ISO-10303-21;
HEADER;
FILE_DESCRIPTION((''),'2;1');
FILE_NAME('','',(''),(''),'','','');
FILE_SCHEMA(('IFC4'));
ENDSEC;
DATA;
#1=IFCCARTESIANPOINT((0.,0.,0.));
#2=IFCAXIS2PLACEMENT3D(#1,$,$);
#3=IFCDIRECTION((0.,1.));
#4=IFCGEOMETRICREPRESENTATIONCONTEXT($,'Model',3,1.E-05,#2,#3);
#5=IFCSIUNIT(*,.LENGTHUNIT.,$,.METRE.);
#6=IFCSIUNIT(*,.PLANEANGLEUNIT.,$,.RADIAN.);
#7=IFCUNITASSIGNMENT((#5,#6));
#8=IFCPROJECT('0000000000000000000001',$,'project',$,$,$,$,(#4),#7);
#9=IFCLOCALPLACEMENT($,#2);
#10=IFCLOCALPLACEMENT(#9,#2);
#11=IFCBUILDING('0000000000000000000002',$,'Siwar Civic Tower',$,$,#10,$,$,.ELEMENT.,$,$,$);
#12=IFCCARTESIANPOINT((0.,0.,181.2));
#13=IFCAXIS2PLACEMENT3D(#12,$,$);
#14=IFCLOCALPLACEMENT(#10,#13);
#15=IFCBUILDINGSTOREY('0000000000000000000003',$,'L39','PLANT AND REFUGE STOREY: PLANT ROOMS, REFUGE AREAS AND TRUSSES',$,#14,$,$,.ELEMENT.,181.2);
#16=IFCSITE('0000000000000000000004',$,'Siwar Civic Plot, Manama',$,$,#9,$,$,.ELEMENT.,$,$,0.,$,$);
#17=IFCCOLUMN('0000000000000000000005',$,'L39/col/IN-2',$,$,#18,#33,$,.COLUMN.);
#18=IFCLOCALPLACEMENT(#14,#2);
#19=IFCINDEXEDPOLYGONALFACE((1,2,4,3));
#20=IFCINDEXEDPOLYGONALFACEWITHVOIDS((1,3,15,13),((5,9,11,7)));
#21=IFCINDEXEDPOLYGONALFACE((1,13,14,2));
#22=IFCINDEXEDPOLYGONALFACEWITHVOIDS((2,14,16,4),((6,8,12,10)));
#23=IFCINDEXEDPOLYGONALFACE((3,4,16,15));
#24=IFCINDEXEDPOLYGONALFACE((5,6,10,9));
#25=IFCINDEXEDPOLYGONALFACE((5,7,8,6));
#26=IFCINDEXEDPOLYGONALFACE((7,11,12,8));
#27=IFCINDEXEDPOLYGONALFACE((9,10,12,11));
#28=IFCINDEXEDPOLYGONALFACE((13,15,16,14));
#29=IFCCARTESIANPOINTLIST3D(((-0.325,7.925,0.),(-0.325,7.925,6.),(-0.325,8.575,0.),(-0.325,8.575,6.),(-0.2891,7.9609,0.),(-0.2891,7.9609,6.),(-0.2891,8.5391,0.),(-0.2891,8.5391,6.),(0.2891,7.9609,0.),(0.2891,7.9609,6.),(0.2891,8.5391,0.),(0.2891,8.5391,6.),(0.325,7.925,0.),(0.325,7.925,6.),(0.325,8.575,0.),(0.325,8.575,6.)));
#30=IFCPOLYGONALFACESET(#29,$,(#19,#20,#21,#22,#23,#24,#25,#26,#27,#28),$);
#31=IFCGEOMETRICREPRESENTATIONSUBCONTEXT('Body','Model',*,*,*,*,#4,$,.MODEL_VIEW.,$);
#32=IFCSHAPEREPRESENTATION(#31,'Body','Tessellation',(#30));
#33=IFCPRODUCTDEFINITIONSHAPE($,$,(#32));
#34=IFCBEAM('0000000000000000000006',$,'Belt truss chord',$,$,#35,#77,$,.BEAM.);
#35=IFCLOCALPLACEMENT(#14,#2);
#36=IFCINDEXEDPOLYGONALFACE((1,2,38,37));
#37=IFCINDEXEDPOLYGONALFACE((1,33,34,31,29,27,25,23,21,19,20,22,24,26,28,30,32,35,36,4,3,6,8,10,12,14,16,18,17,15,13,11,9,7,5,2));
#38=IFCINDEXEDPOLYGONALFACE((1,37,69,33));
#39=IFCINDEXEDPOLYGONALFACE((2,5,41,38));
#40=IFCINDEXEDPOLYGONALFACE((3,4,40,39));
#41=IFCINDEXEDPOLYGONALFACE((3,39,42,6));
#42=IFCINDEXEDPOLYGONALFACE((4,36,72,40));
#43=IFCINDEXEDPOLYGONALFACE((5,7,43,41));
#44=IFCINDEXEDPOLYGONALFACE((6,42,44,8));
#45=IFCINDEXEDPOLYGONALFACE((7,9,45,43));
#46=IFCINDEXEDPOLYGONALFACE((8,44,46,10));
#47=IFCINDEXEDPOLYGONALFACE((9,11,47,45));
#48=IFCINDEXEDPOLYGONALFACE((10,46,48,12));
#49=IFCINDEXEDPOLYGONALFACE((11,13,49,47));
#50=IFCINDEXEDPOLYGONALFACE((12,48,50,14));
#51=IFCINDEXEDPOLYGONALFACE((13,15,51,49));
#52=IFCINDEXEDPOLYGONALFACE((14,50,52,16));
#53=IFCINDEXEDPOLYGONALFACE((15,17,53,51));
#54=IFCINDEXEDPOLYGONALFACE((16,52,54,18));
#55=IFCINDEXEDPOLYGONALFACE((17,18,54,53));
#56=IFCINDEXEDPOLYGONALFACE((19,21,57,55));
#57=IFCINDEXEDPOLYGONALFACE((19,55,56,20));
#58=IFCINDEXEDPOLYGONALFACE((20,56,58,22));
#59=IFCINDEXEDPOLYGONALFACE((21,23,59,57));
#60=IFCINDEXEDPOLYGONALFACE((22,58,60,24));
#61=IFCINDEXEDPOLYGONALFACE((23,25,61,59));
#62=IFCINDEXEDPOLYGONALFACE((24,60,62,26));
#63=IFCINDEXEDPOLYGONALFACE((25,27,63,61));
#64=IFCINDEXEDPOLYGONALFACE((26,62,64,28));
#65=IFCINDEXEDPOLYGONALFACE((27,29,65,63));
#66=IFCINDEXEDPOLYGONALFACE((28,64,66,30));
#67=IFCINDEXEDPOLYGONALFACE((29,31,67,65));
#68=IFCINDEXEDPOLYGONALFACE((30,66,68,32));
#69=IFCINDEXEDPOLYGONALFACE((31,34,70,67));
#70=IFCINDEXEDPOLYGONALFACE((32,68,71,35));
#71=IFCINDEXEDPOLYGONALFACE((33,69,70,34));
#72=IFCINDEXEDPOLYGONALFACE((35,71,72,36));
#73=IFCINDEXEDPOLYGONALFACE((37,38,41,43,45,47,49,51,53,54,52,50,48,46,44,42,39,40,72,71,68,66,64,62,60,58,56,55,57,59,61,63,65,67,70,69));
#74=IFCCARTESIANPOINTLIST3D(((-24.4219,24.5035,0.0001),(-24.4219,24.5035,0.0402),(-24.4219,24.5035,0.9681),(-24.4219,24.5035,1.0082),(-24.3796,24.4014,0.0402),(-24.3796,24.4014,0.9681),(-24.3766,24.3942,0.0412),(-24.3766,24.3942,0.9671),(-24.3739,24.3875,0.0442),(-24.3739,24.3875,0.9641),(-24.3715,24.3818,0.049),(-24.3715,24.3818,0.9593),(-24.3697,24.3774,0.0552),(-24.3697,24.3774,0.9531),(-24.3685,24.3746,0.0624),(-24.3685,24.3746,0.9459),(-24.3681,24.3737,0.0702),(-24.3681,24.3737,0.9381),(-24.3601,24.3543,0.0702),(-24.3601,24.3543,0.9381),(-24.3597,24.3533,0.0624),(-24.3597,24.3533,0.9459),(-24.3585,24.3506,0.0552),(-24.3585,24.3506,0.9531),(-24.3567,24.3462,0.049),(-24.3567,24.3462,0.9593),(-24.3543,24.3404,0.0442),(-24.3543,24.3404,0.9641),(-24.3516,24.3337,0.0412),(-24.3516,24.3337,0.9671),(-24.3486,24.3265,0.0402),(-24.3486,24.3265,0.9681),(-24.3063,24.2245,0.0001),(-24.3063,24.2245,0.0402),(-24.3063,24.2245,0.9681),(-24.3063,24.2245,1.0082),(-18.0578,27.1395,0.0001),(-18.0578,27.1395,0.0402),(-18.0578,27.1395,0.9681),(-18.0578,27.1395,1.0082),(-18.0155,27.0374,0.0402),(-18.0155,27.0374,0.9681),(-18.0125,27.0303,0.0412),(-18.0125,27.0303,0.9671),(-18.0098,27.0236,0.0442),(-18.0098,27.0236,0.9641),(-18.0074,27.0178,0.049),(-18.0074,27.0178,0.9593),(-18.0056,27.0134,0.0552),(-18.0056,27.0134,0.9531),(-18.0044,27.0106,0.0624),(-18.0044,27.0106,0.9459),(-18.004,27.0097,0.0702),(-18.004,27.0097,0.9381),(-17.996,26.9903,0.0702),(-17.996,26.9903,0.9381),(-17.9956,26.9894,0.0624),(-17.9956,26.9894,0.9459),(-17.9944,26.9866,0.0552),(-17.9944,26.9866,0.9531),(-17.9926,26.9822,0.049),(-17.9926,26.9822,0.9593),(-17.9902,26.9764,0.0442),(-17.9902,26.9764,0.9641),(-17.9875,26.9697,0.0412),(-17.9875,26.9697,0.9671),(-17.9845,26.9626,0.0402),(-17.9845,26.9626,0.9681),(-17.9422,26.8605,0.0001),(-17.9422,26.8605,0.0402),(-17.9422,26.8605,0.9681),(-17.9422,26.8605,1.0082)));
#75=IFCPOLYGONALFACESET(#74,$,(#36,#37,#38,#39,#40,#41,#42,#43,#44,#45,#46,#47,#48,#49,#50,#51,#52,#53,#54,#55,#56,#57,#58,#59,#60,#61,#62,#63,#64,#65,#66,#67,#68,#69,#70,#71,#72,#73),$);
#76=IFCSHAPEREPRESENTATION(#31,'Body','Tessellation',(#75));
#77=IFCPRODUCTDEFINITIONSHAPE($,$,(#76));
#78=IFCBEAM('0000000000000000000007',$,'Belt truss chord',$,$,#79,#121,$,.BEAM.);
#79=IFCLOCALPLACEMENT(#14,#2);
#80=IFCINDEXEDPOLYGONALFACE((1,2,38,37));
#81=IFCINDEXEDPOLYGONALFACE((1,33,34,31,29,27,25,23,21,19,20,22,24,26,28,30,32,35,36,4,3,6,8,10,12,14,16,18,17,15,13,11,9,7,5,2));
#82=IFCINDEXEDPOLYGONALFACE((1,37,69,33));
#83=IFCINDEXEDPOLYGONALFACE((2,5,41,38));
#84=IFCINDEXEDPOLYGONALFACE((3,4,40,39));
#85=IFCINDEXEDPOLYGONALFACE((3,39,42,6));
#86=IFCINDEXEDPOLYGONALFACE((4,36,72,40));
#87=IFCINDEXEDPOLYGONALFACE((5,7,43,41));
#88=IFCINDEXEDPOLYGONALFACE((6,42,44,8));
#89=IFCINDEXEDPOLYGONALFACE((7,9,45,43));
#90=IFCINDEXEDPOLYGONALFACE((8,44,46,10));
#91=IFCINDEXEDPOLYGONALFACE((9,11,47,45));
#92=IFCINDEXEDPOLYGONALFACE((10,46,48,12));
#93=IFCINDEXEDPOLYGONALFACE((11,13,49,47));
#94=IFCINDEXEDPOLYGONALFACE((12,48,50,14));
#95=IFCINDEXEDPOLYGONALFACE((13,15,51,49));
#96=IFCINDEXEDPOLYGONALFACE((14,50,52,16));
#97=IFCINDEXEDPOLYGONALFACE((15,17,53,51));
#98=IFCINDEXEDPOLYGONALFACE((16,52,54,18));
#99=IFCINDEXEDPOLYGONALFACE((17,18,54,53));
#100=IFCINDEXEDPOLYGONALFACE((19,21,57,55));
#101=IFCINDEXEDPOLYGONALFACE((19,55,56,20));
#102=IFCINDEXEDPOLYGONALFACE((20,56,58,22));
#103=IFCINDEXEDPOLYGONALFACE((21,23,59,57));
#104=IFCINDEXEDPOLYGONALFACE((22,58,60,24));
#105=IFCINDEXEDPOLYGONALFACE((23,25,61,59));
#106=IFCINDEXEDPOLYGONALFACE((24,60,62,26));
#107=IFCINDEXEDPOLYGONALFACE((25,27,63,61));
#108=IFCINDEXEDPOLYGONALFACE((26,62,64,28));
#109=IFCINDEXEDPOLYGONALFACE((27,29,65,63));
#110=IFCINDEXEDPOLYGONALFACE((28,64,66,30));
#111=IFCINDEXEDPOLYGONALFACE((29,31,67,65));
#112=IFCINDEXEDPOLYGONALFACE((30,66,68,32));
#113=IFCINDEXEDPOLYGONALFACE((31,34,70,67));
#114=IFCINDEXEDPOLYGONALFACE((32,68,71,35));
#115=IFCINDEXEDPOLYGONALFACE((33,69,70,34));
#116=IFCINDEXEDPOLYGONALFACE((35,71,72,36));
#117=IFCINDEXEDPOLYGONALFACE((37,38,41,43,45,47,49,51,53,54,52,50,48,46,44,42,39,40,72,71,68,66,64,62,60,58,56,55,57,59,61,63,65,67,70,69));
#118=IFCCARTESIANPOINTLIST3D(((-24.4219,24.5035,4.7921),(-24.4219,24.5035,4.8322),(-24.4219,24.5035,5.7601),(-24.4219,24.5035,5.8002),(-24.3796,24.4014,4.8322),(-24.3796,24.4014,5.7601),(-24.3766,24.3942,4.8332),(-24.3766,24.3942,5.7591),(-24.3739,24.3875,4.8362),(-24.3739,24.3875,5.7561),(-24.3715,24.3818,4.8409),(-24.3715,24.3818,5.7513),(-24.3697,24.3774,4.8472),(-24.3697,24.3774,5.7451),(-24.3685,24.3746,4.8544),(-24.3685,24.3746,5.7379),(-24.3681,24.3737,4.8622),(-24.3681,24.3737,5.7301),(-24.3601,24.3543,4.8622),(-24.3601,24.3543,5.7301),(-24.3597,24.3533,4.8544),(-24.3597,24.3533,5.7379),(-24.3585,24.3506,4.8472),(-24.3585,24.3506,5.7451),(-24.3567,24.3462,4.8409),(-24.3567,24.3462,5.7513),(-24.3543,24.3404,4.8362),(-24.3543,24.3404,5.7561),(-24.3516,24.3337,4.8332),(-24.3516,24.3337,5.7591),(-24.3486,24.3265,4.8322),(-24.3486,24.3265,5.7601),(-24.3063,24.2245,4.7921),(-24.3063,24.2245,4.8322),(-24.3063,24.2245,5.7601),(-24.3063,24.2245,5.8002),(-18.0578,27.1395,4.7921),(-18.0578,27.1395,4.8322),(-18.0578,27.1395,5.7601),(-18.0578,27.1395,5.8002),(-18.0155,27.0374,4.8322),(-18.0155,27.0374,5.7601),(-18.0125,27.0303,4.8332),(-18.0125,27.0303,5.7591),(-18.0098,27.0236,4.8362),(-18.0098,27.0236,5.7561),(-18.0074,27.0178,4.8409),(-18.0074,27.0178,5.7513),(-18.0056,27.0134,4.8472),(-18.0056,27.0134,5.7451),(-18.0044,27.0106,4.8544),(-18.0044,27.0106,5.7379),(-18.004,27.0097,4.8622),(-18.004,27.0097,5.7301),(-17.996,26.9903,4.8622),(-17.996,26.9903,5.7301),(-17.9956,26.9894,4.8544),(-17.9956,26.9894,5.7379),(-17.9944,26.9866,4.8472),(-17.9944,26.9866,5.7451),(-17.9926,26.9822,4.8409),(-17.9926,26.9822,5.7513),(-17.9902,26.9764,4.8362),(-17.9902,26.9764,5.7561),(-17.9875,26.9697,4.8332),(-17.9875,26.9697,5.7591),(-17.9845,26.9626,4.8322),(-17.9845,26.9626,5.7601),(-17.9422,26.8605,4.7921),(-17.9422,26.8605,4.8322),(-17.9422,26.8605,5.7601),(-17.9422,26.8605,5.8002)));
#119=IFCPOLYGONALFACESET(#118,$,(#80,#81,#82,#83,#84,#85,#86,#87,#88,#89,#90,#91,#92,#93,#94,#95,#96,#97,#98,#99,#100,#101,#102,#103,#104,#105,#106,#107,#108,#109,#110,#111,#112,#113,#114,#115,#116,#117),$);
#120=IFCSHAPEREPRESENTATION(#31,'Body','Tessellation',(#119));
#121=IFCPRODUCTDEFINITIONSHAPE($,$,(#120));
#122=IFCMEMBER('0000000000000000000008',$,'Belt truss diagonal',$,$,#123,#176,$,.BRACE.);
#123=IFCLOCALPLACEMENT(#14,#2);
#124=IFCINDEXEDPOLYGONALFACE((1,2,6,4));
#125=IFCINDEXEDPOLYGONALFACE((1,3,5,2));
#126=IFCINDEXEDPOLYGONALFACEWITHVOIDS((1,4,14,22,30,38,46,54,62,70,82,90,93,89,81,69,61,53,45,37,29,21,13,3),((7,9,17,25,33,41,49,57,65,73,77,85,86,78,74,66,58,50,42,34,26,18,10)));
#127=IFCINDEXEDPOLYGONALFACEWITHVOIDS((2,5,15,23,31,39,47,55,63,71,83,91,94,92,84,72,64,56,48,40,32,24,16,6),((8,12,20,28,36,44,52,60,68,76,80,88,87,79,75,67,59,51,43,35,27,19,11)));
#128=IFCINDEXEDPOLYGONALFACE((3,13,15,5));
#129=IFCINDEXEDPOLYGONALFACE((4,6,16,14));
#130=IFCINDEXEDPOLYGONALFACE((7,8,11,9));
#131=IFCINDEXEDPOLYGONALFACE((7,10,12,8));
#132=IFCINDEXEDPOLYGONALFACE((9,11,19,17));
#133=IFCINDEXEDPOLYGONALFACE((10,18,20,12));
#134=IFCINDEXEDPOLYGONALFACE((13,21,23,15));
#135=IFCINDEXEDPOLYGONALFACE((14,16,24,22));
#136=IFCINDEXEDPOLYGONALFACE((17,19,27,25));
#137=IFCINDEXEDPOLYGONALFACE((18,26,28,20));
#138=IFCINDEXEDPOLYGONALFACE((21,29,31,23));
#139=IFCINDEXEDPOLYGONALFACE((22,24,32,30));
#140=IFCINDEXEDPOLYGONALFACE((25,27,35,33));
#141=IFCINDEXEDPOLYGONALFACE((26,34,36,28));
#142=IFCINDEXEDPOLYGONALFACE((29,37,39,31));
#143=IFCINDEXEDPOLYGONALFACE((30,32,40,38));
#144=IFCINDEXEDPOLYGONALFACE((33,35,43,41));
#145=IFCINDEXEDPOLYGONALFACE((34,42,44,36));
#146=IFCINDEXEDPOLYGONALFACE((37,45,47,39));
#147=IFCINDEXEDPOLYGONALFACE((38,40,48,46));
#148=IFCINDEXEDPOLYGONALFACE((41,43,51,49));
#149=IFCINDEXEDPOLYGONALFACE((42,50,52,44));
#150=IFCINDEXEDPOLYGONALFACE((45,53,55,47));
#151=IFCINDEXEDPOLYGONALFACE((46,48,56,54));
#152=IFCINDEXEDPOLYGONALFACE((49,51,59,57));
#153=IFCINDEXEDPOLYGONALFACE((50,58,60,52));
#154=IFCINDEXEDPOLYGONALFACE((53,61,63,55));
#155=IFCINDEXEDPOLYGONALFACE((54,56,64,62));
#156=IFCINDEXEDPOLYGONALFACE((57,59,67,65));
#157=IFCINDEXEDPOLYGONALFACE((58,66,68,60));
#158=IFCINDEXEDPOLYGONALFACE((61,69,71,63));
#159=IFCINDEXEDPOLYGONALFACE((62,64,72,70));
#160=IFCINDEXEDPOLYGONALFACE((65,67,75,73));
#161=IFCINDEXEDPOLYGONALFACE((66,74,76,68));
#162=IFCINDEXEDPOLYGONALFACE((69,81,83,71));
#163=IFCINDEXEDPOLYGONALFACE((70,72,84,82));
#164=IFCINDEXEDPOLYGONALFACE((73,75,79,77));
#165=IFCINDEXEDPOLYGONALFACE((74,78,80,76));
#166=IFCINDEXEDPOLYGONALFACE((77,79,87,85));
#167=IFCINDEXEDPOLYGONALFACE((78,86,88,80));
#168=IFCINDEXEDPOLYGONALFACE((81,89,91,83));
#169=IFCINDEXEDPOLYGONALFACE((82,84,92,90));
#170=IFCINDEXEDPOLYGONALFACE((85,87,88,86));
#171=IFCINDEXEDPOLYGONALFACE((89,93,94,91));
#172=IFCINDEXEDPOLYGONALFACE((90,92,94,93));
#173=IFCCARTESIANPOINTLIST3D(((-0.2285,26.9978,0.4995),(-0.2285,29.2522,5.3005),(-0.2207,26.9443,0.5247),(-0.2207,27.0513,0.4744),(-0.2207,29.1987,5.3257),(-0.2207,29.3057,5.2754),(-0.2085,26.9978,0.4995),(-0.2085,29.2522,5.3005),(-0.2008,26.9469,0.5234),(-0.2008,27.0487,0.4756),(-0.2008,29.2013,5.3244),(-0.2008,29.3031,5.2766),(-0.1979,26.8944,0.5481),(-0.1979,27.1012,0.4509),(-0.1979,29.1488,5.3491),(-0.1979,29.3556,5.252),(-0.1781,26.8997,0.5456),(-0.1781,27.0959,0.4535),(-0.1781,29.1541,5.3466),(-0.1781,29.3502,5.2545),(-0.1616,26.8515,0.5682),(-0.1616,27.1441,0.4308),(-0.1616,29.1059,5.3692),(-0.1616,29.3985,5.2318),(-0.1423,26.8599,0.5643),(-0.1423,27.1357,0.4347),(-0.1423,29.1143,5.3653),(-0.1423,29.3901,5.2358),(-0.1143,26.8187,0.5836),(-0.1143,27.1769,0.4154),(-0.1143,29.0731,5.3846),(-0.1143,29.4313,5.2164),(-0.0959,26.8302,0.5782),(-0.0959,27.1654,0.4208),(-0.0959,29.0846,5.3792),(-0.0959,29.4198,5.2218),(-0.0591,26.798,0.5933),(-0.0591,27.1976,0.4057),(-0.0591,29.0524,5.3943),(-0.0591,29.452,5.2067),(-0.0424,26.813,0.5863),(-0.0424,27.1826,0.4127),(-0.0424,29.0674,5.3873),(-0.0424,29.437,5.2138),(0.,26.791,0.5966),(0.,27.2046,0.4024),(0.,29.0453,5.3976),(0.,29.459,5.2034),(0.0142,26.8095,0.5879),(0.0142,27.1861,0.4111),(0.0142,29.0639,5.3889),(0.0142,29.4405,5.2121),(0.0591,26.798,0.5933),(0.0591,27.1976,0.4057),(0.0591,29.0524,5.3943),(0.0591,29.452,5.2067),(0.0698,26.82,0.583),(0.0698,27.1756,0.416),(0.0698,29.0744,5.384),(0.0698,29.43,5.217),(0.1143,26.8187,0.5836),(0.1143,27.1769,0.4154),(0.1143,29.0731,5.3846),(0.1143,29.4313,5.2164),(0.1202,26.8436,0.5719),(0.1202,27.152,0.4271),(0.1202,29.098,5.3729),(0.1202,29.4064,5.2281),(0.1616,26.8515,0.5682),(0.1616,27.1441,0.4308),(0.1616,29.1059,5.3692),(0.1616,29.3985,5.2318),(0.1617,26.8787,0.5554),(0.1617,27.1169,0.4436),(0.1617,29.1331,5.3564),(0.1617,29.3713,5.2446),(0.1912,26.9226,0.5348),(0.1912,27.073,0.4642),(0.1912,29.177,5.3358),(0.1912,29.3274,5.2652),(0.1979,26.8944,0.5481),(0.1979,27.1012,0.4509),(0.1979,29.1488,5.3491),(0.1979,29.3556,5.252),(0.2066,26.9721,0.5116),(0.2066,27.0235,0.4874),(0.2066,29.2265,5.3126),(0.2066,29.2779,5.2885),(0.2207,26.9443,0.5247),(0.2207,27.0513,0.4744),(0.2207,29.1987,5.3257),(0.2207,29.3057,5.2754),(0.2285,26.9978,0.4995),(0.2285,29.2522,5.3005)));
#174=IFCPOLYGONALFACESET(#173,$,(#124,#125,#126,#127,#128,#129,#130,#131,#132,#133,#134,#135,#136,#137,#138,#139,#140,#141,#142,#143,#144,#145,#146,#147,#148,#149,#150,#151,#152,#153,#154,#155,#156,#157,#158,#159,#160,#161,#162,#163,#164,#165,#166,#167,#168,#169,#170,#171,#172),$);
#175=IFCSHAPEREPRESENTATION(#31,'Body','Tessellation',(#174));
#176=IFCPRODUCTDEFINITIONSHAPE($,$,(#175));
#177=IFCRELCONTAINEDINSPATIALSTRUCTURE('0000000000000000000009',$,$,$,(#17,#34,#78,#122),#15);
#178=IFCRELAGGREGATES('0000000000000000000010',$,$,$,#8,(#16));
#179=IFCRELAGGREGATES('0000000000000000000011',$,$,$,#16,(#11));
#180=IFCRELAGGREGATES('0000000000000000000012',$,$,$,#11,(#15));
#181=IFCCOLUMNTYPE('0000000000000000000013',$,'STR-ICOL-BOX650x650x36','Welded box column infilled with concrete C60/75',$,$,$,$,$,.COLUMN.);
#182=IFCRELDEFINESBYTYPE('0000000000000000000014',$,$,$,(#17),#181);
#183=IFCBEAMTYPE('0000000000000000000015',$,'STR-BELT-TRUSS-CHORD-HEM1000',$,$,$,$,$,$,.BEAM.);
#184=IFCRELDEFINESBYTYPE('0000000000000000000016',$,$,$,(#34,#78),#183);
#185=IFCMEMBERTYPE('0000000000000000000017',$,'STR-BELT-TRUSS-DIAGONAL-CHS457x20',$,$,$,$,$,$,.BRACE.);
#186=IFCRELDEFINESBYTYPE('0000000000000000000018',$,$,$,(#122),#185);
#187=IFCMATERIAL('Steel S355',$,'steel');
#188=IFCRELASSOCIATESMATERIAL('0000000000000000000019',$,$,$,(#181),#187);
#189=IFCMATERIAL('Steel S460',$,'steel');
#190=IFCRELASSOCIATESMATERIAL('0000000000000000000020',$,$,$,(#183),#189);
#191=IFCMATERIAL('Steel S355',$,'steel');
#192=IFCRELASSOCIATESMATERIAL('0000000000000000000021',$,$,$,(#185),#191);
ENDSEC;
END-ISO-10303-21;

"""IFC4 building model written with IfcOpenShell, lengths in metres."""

from ifc_helpers import new_model, si_unit, direction, frame, origin, origin_2d, place, context, subcontext, project, spatial, hollow_rectangle, hollow_circle, i_section, extrude, material, material_profile, profile_set, type_object, element, save


model = new_model("IFC4")

# Units and contexts
model_context = context("Model", 3, precision=1e-05, world=origin(), true_north=direction((0.0, 1.0)))
body_context = subcontext(model_context, "Body", "Model", "MODEL_VIEW")
ifc_project = project(units=[si_unit("LENGTHUNIT", "METRE"), si_unit("PLANEANGLEUNIT", "RADIAN")], contexts=[model_context])

# Site, building, storey
site_placement = place(None, origin())
site = spatial("IfcSite", under=ifc_project, at=site_placement, Name="Siwar Civic Plot, Manama", CompositionType="ELEMENT", RefElevation=0.0)
building_placement = place(site_placement, origin())
building = spatial("IfcBuilding", under=site, at=building_placement, Name="Siwar Civic Tower", CompositionType="ELEMENT")
storey_placement = place(building_placement, frame((0.0, 0.0, 181.2)))
storey = spatial("IfcBuildingStorey", under=building, at=storey_placement, Name="L39", Description="PLANT AND REFUGE STOREY: PLANT ROOMS, REFUGE AREAS AND TRUSSES", CompositionType="ELEMENT", Elevation=181.2)

# Column
ifc_material_1 = material(Name="Steel S355", Category="steel")
ifc_material_profile_1 = material_profile(ifc_material_1, hollow_rectangle(XDim=0.6499, YDim=0.6499, WallThickness=0.0359, at=origin_2d()), Name="BOX650x650x36")
ifc_profile_set_1 = profile_set([ifc_material_profile_1], Name="Steel S355")
column_type = type_object("IfcColumnType", Name="STR-ICOL-BOX650x650x36", Description="Welded box column infilled with concrete C60/75", PredefinedType="COLUMN", material=ifc_profile_set_1)
column_placement = place(storey_placement, frame((0.0, 8.25, 0.0), z_axis=(0.0, 0.0, 1.0), x_axis=(1.0, 0.0, 0.0)))
element("IfcColumn", 1, at=column_placement, inside=storey, type_object=column_type, Name="L39/col/IN-2", PredefinedType="COLUMN", context=body_context, shape_type="SweptSolid", body=[
    extrude(hollow_rectangle(XDim=0.6499, YDim=0.6499, WallThickness=0.0359, at=origin_2d()), origin(), (0.0, 0.0, 1.0), 6.0),
])

# Beams
ifc_material_2 = material(Name="Steel S460", Category="steel")
ifc_material_profile_2 = material_profile(ifc_material_2, i_section(OverallWidth=0.302, OverallDepth=1.0081, WebThickness=0.021, FlangeThickness=0.04, FilletRadius=0.03, at=origin_2d()), Name="HEM1000")
ifc_profile_set_2 = profile_set([ifc_material_profile_2], Name="Steel S460")
beam_type_1 = type_object("IfcBeamType", Name="STR-BELT-TRUSS-CHORD-HEM1000", PredefinedType="BEAM", material=ifc_profile_set_2)
for number, where, z_axis, x_axis, name in (
    (2, (-18.0, 27.0, 0.5042), (-0.923883, -0.382674, 0.0), (0.382674, -0.923883, 0.0), "Belt truss chord"),
    (3, (-18.0, 27.0, 5.2961), (-0.923883, -0.382674, 0.0), (0.382674, -0.923883, 0.0), "Belt truss chord"),
):
    element("IfcBeam", number, at=place(storey_placement, frame(where, z_axis=z_axis, x_axis=x_axis)), inside=storey, type_object=beam_type_1, Name=name, PredefinedType="BEAM", context=body_context, shape_type="SweptSolid", body=[
        extrude(i_section(OverallWidth=0.302, OverallDepth=1.0081, WebThickness=0.021, FlangeThickness=0.04, FilletRadius=0.03, at=origin_2d()), origin(), (0.0, 0.0, 1.0), 6.8884),
    ])

# Member
ifc_material_3 = material(Name="Steel S355", Category="steel")
ifc_material_profile_3 = material_profile(ifc_material_3, hollow_circle(Radius=0.2285, WallThickness=0.02, at=origin_2d()), Name="CHS457x20")
ifc_profile_set_3 = profile_set([ifc_material_profile_3], Name="Steel S355")
member_type_1 = type_object("IfcMemberType", Name="STR-BELT-TRUSS-DIAGONAL-CHS457x20", PredefinedType="BRACE", material=ifc_profile_set_3)
member_1_placement = place(storey_placement, frame((0.0, 26.9978, 0.4995), z_axis=(0.0, 0.425039, 0.905175), x_axis=(-1.0, 0.0, 0.0)))
element("IfcMember", 4, at=member_1_placement, inside=storey, type_object=member_type_1, Name="Belt truss diagonal", PredefinedType="BRACE", context=body_context, shape_type="SweptSolid", body=[
    extrude(hollow_circle(Radius=0.2285, WallThickness=0.02, at=origin_2d()), origin(), (0.0, 0.0, 1.0), 5.304),
])

save(model, "model.ifc")
